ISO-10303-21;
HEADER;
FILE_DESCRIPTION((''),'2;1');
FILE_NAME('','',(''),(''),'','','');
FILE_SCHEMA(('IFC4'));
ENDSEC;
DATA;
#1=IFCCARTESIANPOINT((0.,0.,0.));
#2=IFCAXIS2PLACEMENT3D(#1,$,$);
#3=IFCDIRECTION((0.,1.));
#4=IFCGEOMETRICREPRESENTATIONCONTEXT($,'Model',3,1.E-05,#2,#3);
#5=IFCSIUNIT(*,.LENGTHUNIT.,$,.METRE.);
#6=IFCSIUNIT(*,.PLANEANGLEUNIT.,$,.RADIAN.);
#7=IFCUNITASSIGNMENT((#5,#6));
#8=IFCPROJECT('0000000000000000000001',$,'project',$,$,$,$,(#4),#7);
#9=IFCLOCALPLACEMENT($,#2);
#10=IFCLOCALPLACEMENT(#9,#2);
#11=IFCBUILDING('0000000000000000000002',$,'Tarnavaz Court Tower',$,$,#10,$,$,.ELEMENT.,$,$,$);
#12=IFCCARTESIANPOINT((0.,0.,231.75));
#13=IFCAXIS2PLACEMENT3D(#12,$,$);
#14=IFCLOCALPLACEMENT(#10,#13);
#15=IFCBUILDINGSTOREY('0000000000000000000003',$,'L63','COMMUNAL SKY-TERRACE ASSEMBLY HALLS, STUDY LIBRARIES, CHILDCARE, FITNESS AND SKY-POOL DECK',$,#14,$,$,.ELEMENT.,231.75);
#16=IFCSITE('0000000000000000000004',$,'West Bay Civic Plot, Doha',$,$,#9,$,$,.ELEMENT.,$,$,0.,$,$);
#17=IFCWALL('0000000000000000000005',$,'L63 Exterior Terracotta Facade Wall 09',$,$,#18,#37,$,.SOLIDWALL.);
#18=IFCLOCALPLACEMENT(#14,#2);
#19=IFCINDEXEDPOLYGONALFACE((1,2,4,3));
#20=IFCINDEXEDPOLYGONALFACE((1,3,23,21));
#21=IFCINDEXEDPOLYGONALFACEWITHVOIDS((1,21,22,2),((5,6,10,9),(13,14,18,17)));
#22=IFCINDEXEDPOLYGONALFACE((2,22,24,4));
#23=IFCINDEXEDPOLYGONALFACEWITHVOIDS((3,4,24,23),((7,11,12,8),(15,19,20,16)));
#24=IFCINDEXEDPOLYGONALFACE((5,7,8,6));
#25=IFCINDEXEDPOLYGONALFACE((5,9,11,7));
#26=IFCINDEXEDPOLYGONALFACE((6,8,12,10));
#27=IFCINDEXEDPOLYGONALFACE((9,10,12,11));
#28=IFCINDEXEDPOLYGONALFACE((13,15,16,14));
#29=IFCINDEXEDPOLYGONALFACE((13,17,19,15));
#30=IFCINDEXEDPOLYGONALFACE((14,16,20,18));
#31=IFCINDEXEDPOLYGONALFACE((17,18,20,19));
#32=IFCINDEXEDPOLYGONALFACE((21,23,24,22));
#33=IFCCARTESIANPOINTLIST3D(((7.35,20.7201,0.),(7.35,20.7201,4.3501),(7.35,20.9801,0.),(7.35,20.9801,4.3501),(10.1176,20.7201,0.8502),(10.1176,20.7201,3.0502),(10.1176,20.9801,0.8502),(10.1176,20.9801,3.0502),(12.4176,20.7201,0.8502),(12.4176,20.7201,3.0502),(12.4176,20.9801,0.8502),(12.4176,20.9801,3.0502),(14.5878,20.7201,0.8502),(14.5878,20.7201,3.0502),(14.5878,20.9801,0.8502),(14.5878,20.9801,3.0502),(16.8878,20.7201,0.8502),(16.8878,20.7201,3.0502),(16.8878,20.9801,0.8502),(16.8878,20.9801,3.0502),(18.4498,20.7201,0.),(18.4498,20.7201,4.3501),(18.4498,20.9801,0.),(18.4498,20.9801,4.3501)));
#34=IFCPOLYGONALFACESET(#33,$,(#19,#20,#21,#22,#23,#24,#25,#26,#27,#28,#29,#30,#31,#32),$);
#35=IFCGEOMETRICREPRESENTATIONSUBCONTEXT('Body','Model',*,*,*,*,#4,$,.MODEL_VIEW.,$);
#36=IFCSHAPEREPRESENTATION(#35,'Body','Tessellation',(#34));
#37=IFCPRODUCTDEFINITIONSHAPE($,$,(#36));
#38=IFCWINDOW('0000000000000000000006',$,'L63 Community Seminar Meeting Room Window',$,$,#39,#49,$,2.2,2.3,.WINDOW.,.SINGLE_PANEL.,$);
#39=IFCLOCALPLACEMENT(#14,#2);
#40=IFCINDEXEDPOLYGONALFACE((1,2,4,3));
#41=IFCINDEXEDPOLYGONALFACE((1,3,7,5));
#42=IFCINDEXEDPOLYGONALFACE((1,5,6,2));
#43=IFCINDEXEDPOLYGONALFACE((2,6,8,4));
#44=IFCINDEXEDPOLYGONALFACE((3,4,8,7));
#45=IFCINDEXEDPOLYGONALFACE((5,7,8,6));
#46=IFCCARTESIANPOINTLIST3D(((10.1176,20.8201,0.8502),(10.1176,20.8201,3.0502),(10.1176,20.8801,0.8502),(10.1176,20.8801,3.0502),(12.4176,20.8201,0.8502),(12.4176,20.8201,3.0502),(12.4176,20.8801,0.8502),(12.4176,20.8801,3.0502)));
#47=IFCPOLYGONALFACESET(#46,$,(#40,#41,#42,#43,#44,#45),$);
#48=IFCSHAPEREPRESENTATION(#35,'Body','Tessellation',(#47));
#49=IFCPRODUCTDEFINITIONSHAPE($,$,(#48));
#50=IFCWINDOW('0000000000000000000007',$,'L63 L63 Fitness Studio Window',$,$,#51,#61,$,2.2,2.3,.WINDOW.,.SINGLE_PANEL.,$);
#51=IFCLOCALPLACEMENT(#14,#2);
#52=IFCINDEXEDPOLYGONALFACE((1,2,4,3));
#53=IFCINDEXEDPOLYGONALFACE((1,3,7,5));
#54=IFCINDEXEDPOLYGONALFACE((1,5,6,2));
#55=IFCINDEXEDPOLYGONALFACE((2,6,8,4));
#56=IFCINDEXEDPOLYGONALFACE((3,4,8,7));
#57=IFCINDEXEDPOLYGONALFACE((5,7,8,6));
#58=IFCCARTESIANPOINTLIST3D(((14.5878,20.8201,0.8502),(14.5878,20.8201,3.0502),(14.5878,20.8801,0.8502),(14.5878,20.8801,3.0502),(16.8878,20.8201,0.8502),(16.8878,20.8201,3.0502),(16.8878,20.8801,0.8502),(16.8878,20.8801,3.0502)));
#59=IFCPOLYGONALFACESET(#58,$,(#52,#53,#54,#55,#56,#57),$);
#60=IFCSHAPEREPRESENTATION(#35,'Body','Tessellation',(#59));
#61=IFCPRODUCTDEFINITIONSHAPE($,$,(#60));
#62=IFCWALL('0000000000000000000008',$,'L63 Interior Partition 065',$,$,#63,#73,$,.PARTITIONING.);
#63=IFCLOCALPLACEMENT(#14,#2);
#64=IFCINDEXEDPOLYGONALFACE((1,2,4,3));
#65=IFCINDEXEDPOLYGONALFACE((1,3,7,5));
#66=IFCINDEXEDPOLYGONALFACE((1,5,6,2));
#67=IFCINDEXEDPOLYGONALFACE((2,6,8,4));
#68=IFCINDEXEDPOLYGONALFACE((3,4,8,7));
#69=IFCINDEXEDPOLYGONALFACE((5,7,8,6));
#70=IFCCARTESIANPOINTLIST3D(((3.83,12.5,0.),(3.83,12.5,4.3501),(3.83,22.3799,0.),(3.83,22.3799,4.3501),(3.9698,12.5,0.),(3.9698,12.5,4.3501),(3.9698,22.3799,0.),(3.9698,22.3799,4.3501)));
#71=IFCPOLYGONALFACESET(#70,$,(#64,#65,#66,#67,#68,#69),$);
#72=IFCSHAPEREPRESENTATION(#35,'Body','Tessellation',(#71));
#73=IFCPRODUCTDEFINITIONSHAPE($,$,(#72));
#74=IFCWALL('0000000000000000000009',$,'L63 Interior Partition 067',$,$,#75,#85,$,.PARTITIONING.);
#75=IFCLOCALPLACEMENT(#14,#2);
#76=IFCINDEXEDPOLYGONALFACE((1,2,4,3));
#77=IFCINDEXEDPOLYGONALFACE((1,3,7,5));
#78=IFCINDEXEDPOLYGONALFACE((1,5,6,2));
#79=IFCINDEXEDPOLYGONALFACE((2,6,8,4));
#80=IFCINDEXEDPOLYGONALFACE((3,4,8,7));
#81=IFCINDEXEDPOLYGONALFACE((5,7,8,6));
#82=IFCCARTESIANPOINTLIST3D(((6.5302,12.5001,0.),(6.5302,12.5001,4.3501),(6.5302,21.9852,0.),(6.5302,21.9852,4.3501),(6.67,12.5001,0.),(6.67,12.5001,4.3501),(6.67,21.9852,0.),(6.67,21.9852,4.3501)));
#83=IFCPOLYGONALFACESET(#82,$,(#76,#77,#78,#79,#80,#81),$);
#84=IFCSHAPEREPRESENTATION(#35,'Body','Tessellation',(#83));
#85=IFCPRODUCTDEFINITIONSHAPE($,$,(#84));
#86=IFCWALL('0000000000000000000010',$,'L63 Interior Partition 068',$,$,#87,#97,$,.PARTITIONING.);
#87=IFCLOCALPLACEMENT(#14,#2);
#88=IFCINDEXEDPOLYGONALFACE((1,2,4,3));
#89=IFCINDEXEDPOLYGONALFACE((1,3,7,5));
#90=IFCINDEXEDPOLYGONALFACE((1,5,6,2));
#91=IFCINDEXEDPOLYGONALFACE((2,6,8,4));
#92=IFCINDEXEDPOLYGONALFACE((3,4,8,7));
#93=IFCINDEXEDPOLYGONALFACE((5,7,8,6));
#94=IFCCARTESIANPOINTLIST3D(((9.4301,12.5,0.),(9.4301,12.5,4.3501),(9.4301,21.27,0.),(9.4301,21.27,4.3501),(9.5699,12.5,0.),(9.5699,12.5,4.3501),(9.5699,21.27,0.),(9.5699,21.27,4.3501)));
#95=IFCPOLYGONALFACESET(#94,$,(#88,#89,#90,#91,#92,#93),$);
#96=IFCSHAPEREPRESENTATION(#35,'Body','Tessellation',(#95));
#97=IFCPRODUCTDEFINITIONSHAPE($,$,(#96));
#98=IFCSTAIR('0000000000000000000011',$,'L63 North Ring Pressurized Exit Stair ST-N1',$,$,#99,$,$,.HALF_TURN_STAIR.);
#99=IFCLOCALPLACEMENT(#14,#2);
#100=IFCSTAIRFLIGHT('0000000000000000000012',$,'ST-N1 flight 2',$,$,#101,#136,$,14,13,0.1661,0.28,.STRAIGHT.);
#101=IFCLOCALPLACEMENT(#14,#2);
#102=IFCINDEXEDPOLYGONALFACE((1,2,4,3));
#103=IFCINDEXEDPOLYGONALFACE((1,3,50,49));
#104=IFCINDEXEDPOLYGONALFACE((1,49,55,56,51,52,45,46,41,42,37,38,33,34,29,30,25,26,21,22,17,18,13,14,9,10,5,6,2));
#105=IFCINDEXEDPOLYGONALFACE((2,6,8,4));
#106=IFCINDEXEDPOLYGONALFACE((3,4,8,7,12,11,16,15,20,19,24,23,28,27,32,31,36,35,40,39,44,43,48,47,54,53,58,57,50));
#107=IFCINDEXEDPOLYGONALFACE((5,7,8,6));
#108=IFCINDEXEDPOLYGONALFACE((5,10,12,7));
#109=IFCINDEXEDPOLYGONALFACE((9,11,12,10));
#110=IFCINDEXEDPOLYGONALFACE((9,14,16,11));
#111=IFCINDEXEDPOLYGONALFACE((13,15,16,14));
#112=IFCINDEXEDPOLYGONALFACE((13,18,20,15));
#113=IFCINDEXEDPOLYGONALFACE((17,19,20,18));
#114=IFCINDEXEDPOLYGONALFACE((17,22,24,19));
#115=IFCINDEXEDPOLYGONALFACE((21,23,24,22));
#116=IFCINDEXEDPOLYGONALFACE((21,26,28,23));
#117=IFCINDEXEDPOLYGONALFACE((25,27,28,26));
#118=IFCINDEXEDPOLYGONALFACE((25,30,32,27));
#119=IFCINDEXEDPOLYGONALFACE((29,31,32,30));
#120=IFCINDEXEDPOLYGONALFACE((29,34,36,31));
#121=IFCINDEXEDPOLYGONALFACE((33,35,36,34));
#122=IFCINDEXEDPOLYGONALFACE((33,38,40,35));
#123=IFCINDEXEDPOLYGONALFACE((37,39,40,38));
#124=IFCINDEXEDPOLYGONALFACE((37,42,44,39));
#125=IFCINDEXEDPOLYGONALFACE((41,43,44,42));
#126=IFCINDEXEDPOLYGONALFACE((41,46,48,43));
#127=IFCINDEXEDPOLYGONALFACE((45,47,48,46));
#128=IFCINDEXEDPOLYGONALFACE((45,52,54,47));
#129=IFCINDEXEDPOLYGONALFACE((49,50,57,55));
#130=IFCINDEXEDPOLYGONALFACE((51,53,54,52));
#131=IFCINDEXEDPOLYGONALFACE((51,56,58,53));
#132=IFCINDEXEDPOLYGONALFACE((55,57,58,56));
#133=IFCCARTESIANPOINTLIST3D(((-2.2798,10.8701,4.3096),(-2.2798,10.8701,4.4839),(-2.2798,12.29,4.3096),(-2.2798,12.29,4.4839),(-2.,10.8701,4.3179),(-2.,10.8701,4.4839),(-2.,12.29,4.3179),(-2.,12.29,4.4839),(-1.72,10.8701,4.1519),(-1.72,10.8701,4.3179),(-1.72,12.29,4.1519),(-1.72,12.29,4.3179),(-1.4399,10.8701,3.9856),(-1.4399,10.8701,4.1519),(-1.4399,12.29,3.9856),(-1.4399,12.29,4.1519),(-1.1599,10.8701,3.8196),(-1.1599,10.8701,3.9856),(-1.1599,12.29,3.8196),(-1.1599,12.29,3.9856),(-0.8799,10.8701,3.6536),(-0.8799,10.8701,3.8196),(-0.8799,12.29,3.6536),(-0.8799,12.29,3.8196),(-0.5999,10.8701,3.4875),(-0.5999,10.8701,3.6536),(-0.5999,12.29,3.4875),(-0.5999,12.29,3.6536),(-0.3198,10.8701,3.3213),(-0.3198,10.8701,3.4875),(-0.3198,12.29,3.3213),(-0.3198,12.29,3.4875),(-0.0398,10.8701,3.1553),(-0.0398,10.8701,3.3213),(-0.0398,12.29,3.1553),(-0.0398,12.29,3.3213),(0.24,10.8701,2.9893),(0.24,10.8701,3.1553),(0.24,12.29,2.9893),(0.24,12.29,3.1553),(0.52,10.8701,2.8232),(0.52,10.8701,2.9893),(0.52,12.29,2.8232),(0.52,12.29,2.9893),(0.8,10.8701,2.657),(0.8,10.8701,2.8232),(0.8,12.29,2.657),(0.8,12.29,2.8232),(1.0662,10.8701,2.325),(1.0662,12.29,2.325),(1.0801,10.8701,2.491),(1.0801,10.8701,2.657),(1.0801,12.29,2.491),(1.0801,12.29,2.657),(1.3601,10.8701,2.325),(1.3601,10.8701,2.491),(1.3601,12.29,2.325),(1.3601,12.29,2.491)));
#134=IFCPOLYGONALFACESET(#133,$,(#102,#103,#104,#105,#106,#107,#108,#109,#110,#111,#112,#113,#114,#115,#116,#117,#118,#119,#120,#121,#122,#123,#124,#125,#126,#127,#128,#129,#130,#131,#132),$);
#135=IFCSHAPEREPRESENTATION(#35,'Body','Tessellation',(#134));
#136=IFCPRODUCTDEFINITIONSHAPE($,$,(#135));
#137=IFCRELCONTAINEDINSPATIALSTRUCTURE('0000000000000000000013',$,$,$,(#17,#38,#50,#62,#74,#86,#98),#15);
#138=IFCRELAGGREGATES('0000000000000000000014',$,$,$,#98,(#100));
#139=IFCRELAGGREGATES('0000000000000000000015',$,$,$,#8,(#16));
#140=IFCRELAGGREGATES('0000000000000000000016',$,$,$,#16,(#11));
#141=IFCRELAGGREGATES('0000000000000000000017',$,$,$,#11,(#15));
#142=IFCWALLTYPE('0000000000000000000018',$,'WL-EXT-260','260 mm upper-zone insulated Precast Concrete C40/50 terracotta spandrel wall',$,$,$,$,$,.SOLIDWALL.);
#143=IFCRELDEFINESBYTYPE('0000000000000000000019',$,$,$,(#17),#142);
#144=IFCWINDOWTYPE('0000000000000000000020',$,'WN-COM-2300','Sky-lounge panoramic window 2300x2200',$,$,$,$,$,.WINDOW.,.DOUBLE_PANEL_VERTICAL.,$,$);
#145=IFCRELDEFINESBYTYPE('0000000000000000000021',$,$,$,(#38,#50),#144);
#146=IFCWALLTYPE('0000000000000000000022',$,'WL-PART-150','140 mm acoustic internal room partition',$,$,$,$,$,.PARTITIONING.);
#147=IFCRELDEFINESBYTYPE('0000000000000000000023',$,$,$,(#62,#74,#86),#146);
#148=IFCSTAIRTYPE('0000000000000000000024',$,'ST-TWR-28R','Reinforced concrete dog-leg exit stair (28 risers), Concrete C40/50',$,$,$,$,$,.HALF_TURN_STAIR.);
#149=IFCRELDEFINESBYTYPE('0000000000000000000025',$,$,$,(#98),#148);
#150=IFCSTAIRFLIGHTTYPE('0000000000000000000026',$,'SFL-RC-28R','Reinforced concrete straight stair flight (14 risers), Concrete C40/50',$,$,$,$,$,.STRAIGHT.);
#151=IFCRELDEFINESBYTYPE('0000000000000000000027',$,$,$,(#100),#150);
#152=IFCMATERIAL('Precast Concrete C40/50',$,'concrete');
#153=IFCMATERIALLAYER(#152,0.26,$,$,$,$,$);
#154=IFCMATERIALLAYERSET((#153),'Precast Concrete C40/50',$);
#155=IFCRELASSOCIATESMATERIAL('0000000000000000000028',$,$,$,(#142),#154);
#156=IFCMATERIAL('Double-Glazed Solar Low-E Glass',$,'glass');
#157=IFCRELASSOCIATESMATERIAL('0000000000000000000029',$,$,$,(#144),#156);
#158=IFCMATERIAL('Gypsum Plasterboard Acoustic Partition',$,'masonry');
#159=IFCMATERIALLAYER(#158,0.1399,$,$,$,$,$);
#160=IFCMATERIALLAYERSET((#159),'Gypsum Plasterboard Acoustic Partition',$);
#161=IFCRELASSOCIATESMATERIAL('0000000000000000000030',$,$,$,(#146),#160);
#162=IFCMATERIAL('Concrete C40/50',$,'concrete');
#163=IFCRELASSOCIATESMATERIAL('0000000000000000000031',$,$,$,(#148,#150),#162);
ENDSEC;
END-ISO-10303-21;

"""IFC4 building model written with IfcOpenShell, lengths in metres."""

from ifc_helpers import new_model, si_unit, direction, frame, frame_2d, origin, place, context, subcontext, project, spatial, polyline, rectangle, outline, extrude, material, layer, layer_set, type_object, element, fill, aggregate, save


model = new_model("IFC4")

# Units and contexts
model_context = context("Model", 3, precision=1e-05, world=origin(), true_north=direction((0.0, 1.0)))
body_context = subcontext(model_context, "Body", "Model", "MODEL_VIEW")
ifc_project = project(units=[si_unit("LENGTHUNIT", "METRE"), si_unit("PLANEANGLEUNIT", "RADIAN")], contexts=[model_context])

# Site, building, storey
site_placement = place(None, origin())
site = spatial("IfcSite", under=ifc_project, at=site_placement, Name="West Bay Civic Plot, Doha", CompositionType="ELEMENT", RefElevation=0.0)
building_placement = place(site_placement, origin())
building = spatial("IfcBuilding", under=site, at=building_placement, Name="Tarnavaz Court Tower", CompositionType="ELEMENT")
storey_placement = place(building_placement, frame((0.0, 0.0, 231.75)))
storey = spatial("IfcBuildingStorey", under=building, at=storey_placement, Name="L63", Description="COMMUNAL SKY-TERRACE ASSEMBLY HALLS, STUDY LIBRARIES, CHILDCARE, FITNESS AND SKY-POOL DECK", CompositionType="ELEMENT", Elevation=231.75)

# Shared definitions
ifc_material_1 = material(Name="Double-Glazed Solar Low-E Glass", Category="glass")

# Shared definitions
ifc_material_2 = material(Name="Precast Concrete C40/50", Category="concrete")
ifc_layer_1 = layer(ifc_material_2, 0.26)
ifc_layer_set_1 = layer_set([ifc_layer_1], Name="Precast Concrete C40/50")
wall_type_1 = type_object("IfcWallType", Name="WL-EXT-260", Description="260 mm upper-zone insulated Precast Concrete C40/50 terracotta spandrel wall", PredefinedType="SOLIDWALL", material=ifc_layer_set_1)

# Wall, openings, windows
wall_1_placement = place(storey_placement, frame((7.3501, 20.8501, 0.0), z_axis=(0.0, 0.0, 1.0), x_axis=(1.0, 0.0, 0.0)))
wall_1 = element("IfcWall", 1, at=wall_1_placement, inside=storey, type_object=wall_type_1, Name="L63 Exterior Terracotta Facade Wall 09", PredefinedType="SOLIDWALL", context=body_context, shape_type="SweptSolid", body=[
    extrude(rectangle(XDim=11.0999, YDim=0.26, at=frame_2d((5.5498, 0.0))), origin(), (0.0, 0.0, 1.0), 4.3501),
])
opening_1_placement = place(wall_1_placement, frame((2.7676, 0.0, 0.8501)))
opening_1 = element("IfcOpeningElement", 2, at=opening_1_placement, cuts=wall_1, PredefinedType="OPENING", context=body_context, shape_type="SweptSolid", body=[
    extrude(rectangle(XDim=2.3, YDim=2.2, at=frame_2d((1.1499, 1.1001))), frame((0.0, 0.1399, 0.0), z_axis=(0.0, -1.0, 0.0), x_axis=(1.0, 0.0, 0.0)), (0.0, 0.0, 1.0), 0.28),
])
opening_2_placement = place(wall_1_placement, frame((7.2378, 0.0, 0.8501)))
opening_2 = element("IfcOpeningElement", 3, at=opening_2_placement, cuts=wall_1, PredefinedType="OPENING", context=body_context, shape_type="SweptSolid", body=[
    extrude(rectangle(XDim=2.3, YDim=2.2, at=frame_2d((1.1499, 1.1001))), frame((0.0, 0.1399, 0.0), z_axis=(0.0, -1.0, 0.0), x_axis=(1.0, 0.0, 0.0)), (0.0, 0.0, 1.0), 0.28),
])
window_type = type_object("IfcWindowType", Name="WN-COM-2300", Description="Sky-lounge panoramic window 2300x2200", PartitioningType="DOUBLE_PANEL_VERTICAL", PredefinedType="WINDOW", material=ifc_material_1)
window_1_placement = place(opening_1_placement, origin())
window_1 = element("IfcWindow", 4, at=window_1_placement, inside=storey, type_object=window_type, Name="L63 Community Seminar Meeting Room Window", OverallHeight=2.2, OverallWidth=2.3, PartitioningType="SINGLE_PANEL", PredefinedType="WINDOW", context=body_context, shape_type="SweptSolid", body=[
    extrude(rectangle(XDim=2.3, YDim=2.2, at=frame_2d((1.1499, 1.1001))), frame((0.0, 0.03, 0.0), z_axis=(0.0, -1.0, 0.0), x_axis=(1.0, 0.0, 0.0)), (0.0, 0.0, 1.0), 0.0601),
])
fill(opening_1, window_1)
window_2_placement = place(opening_2_placement, origin())
window_2 = element("IfcWindow", 5, at=window_2_placement, inside=storey, type_object=window_type, Name="L63 L63 Fitness Studio Window", OverallHeight=2.2, OverallWidth=2.3, PartitioningType="SINGLE_PANEL", PredefinedType="WINDOW", context=body_context, shape_type="SweptSolid", body=[
    extrude(rectangle(XDim=2.3, YDim=2.2, at=frame_2d((1.1499, 1.1001))), frame((0.0, 0.03, 0.0), z_axis=(0.0, -1.0, 0.0), x_axis=(1.0, 0.0, 0.0)), (0.0, 0.0, 1.0), 0.0601),
])
fill(opening_2, window_2)

# Walls
ifc_material_3 = material(Name="Gypsum Plasterboard Acoustic Partition", Category="masonry")
ifc_layer_2 = layer(ifc_material_3, 0.1399)
ifc_layer_set_2 = layer_set([ifc_layer_2], Name="Gypsum Plasterboard Acoustic Partition")
wall_type_2 = type_object("IfcWallType", Name="WL-PART-150", Description="140 mm acoustic internal room partition", PredefinedType="PARTITIONING", material=ifc_layer_set_2)
wall_2_placement = place(storey_placement, frame((3.8999, 12.5, 0.0), z_axis=(0.0, 0.0, 1.0), x_axis=(0.0, 1.0, 0.0)))
element("IfcWall", 6, at=wall_2_placement, inside=storey, type_object=wall_type_2, Name="L63 Interior Partition 065", PredefinedType="PARTITIONING", context=body_context, shape_type="SweptSolid", body=[
    extrude(rectangle(XDim=9.8799, YDim=0.1399, at=frame_2d((4.9399, 0.0))), origin(), (0.0, 0.0, 1.0), 4.3501),
])
wall_3_placement = place(storey_placement, frame((6.6001, 12.5, 0.0), z_axis=(0.0, 0.0, 1.0), x_axis=(0.0, 1.0, 0.0)))
element("IfcWall", 7, at=wall_3_placement, inside=storey, type_object=wall_type_2, Name="L63 Interior Partition 067", PredefinedType="PARTITIONING", context=body_context, shape_type="SweptSolid", body=[
    extrude(rectangle(XDim=9.4851, YDim=0.1399, at=frame_2d((4.7427, 0.0))), origin(), (0.0, 0.0, 1.0), 4.3501),
])
wall_4_placement = place(storey_placement, frame((9.5, 12.5, 0.0), z_axis=(0.0, 0.0, 1.0), x_axis=(0.0, 1.0, 0.0)))
element("IfcWall", 8, at=wall_4_placement, inside=storey, type_object=wall_type_2, Name="L63 Interior Partition 068", PredefinedType="PARTITIONING", context=body_context, shape_type="SweptSolid", body=[
    extrude(rectangle(XDim=8.77, YDim=0.1399, at=frame_2d((4.385, 0.0))), origin(), (0.0, 0.0, 1.0), 4.3501),
])

# Stair, stair flight
ifc_material_4 = material(Name="Concrete C40/50", Category="concrete")
stair_type = type_object("IfcStairType", Name="ST-TWR-28R", Description="Reinforced concrete dog-leg exit stair (28 risers), Concrete C40/50", PredefinedType="HALF_TURN_STAIR", material=ifc_material_4)
stair_placement = place(storey_placement, origin())
stair = element("IfcStair", 9, at=stair_placement, inside=storey, type_object=stair_type, Name="L63 North Ring Pressurized Exit Stair ST-N1", PredefinedType="HALF_TURN_STAIR")
stair_flight_type = type_object("IfcStairFlightType", Name="SFL-RC-28R", Description="Reinforced concrete straight stair flight (14 risers), Concrete C40/50", PredefinedType="STRAIGHT", material=ifc_material_4)
stair_flight_placement = place(storey_placement, frame((1.3601, 11.5801, 2.325), z_axis=(0.0, 0.0, 1.0), x_axis=(-1.0, 0.0, 0.0)))
stair_flight = element("IfcStairFlight", 10, at=stair_flight_placement, type_object=stair_flight_type, Name="ST-N1 flight 2", NumberOfRisers=14, NumberOfTreads=13, PredefinedType="STRAIGHT", RiserHeight=0.1661, TreadLength=0.28, context=body_context, shape_type="SweptSolid", body=[
    extrude(outline(polyline([(0.0, 0.0), (0.0, 0.166), (0.28, 0.166), (0.28, 0.332), (0.5601, 0.332), (0.5601, 0.4983), (0.8401, 0.4983), (0.8401, 0.6643), (1.1201, 0.6643), (1.1201, 0.8303), (1.3999, 0.8303), (1.3999, 0.9963), (1.6799, 0.9963), (1.6799, 1.1626), (1.96, 1.1626), (1.96, 1.3286), (2.24, 1.3286), (2.24, 1.4946), (2.52, 1.4946), (2.52, 1.6606), (2.8, 1.6606), (2.8, 1.8269), (3.0801, 1.8269), (3.0801, 1.9929), (3.3601, 1.9929), (3.3601, 2.1589), (3.6399, 2.1589), (3.6399, 2.325), (3.6399, 1.9846), (0.2939, 0.0), (0.0, 0.0)])), frame((0.0, 0.71, 0.0), z_axis=(0.0, -1.0, 0.0), x_axis=(1.0, 0.0, 0.0)), (0.0, 0.0, 1.0), 1.4199),
])
aggregate(stair, [stair_flight])

save(model, "model.ifc")
